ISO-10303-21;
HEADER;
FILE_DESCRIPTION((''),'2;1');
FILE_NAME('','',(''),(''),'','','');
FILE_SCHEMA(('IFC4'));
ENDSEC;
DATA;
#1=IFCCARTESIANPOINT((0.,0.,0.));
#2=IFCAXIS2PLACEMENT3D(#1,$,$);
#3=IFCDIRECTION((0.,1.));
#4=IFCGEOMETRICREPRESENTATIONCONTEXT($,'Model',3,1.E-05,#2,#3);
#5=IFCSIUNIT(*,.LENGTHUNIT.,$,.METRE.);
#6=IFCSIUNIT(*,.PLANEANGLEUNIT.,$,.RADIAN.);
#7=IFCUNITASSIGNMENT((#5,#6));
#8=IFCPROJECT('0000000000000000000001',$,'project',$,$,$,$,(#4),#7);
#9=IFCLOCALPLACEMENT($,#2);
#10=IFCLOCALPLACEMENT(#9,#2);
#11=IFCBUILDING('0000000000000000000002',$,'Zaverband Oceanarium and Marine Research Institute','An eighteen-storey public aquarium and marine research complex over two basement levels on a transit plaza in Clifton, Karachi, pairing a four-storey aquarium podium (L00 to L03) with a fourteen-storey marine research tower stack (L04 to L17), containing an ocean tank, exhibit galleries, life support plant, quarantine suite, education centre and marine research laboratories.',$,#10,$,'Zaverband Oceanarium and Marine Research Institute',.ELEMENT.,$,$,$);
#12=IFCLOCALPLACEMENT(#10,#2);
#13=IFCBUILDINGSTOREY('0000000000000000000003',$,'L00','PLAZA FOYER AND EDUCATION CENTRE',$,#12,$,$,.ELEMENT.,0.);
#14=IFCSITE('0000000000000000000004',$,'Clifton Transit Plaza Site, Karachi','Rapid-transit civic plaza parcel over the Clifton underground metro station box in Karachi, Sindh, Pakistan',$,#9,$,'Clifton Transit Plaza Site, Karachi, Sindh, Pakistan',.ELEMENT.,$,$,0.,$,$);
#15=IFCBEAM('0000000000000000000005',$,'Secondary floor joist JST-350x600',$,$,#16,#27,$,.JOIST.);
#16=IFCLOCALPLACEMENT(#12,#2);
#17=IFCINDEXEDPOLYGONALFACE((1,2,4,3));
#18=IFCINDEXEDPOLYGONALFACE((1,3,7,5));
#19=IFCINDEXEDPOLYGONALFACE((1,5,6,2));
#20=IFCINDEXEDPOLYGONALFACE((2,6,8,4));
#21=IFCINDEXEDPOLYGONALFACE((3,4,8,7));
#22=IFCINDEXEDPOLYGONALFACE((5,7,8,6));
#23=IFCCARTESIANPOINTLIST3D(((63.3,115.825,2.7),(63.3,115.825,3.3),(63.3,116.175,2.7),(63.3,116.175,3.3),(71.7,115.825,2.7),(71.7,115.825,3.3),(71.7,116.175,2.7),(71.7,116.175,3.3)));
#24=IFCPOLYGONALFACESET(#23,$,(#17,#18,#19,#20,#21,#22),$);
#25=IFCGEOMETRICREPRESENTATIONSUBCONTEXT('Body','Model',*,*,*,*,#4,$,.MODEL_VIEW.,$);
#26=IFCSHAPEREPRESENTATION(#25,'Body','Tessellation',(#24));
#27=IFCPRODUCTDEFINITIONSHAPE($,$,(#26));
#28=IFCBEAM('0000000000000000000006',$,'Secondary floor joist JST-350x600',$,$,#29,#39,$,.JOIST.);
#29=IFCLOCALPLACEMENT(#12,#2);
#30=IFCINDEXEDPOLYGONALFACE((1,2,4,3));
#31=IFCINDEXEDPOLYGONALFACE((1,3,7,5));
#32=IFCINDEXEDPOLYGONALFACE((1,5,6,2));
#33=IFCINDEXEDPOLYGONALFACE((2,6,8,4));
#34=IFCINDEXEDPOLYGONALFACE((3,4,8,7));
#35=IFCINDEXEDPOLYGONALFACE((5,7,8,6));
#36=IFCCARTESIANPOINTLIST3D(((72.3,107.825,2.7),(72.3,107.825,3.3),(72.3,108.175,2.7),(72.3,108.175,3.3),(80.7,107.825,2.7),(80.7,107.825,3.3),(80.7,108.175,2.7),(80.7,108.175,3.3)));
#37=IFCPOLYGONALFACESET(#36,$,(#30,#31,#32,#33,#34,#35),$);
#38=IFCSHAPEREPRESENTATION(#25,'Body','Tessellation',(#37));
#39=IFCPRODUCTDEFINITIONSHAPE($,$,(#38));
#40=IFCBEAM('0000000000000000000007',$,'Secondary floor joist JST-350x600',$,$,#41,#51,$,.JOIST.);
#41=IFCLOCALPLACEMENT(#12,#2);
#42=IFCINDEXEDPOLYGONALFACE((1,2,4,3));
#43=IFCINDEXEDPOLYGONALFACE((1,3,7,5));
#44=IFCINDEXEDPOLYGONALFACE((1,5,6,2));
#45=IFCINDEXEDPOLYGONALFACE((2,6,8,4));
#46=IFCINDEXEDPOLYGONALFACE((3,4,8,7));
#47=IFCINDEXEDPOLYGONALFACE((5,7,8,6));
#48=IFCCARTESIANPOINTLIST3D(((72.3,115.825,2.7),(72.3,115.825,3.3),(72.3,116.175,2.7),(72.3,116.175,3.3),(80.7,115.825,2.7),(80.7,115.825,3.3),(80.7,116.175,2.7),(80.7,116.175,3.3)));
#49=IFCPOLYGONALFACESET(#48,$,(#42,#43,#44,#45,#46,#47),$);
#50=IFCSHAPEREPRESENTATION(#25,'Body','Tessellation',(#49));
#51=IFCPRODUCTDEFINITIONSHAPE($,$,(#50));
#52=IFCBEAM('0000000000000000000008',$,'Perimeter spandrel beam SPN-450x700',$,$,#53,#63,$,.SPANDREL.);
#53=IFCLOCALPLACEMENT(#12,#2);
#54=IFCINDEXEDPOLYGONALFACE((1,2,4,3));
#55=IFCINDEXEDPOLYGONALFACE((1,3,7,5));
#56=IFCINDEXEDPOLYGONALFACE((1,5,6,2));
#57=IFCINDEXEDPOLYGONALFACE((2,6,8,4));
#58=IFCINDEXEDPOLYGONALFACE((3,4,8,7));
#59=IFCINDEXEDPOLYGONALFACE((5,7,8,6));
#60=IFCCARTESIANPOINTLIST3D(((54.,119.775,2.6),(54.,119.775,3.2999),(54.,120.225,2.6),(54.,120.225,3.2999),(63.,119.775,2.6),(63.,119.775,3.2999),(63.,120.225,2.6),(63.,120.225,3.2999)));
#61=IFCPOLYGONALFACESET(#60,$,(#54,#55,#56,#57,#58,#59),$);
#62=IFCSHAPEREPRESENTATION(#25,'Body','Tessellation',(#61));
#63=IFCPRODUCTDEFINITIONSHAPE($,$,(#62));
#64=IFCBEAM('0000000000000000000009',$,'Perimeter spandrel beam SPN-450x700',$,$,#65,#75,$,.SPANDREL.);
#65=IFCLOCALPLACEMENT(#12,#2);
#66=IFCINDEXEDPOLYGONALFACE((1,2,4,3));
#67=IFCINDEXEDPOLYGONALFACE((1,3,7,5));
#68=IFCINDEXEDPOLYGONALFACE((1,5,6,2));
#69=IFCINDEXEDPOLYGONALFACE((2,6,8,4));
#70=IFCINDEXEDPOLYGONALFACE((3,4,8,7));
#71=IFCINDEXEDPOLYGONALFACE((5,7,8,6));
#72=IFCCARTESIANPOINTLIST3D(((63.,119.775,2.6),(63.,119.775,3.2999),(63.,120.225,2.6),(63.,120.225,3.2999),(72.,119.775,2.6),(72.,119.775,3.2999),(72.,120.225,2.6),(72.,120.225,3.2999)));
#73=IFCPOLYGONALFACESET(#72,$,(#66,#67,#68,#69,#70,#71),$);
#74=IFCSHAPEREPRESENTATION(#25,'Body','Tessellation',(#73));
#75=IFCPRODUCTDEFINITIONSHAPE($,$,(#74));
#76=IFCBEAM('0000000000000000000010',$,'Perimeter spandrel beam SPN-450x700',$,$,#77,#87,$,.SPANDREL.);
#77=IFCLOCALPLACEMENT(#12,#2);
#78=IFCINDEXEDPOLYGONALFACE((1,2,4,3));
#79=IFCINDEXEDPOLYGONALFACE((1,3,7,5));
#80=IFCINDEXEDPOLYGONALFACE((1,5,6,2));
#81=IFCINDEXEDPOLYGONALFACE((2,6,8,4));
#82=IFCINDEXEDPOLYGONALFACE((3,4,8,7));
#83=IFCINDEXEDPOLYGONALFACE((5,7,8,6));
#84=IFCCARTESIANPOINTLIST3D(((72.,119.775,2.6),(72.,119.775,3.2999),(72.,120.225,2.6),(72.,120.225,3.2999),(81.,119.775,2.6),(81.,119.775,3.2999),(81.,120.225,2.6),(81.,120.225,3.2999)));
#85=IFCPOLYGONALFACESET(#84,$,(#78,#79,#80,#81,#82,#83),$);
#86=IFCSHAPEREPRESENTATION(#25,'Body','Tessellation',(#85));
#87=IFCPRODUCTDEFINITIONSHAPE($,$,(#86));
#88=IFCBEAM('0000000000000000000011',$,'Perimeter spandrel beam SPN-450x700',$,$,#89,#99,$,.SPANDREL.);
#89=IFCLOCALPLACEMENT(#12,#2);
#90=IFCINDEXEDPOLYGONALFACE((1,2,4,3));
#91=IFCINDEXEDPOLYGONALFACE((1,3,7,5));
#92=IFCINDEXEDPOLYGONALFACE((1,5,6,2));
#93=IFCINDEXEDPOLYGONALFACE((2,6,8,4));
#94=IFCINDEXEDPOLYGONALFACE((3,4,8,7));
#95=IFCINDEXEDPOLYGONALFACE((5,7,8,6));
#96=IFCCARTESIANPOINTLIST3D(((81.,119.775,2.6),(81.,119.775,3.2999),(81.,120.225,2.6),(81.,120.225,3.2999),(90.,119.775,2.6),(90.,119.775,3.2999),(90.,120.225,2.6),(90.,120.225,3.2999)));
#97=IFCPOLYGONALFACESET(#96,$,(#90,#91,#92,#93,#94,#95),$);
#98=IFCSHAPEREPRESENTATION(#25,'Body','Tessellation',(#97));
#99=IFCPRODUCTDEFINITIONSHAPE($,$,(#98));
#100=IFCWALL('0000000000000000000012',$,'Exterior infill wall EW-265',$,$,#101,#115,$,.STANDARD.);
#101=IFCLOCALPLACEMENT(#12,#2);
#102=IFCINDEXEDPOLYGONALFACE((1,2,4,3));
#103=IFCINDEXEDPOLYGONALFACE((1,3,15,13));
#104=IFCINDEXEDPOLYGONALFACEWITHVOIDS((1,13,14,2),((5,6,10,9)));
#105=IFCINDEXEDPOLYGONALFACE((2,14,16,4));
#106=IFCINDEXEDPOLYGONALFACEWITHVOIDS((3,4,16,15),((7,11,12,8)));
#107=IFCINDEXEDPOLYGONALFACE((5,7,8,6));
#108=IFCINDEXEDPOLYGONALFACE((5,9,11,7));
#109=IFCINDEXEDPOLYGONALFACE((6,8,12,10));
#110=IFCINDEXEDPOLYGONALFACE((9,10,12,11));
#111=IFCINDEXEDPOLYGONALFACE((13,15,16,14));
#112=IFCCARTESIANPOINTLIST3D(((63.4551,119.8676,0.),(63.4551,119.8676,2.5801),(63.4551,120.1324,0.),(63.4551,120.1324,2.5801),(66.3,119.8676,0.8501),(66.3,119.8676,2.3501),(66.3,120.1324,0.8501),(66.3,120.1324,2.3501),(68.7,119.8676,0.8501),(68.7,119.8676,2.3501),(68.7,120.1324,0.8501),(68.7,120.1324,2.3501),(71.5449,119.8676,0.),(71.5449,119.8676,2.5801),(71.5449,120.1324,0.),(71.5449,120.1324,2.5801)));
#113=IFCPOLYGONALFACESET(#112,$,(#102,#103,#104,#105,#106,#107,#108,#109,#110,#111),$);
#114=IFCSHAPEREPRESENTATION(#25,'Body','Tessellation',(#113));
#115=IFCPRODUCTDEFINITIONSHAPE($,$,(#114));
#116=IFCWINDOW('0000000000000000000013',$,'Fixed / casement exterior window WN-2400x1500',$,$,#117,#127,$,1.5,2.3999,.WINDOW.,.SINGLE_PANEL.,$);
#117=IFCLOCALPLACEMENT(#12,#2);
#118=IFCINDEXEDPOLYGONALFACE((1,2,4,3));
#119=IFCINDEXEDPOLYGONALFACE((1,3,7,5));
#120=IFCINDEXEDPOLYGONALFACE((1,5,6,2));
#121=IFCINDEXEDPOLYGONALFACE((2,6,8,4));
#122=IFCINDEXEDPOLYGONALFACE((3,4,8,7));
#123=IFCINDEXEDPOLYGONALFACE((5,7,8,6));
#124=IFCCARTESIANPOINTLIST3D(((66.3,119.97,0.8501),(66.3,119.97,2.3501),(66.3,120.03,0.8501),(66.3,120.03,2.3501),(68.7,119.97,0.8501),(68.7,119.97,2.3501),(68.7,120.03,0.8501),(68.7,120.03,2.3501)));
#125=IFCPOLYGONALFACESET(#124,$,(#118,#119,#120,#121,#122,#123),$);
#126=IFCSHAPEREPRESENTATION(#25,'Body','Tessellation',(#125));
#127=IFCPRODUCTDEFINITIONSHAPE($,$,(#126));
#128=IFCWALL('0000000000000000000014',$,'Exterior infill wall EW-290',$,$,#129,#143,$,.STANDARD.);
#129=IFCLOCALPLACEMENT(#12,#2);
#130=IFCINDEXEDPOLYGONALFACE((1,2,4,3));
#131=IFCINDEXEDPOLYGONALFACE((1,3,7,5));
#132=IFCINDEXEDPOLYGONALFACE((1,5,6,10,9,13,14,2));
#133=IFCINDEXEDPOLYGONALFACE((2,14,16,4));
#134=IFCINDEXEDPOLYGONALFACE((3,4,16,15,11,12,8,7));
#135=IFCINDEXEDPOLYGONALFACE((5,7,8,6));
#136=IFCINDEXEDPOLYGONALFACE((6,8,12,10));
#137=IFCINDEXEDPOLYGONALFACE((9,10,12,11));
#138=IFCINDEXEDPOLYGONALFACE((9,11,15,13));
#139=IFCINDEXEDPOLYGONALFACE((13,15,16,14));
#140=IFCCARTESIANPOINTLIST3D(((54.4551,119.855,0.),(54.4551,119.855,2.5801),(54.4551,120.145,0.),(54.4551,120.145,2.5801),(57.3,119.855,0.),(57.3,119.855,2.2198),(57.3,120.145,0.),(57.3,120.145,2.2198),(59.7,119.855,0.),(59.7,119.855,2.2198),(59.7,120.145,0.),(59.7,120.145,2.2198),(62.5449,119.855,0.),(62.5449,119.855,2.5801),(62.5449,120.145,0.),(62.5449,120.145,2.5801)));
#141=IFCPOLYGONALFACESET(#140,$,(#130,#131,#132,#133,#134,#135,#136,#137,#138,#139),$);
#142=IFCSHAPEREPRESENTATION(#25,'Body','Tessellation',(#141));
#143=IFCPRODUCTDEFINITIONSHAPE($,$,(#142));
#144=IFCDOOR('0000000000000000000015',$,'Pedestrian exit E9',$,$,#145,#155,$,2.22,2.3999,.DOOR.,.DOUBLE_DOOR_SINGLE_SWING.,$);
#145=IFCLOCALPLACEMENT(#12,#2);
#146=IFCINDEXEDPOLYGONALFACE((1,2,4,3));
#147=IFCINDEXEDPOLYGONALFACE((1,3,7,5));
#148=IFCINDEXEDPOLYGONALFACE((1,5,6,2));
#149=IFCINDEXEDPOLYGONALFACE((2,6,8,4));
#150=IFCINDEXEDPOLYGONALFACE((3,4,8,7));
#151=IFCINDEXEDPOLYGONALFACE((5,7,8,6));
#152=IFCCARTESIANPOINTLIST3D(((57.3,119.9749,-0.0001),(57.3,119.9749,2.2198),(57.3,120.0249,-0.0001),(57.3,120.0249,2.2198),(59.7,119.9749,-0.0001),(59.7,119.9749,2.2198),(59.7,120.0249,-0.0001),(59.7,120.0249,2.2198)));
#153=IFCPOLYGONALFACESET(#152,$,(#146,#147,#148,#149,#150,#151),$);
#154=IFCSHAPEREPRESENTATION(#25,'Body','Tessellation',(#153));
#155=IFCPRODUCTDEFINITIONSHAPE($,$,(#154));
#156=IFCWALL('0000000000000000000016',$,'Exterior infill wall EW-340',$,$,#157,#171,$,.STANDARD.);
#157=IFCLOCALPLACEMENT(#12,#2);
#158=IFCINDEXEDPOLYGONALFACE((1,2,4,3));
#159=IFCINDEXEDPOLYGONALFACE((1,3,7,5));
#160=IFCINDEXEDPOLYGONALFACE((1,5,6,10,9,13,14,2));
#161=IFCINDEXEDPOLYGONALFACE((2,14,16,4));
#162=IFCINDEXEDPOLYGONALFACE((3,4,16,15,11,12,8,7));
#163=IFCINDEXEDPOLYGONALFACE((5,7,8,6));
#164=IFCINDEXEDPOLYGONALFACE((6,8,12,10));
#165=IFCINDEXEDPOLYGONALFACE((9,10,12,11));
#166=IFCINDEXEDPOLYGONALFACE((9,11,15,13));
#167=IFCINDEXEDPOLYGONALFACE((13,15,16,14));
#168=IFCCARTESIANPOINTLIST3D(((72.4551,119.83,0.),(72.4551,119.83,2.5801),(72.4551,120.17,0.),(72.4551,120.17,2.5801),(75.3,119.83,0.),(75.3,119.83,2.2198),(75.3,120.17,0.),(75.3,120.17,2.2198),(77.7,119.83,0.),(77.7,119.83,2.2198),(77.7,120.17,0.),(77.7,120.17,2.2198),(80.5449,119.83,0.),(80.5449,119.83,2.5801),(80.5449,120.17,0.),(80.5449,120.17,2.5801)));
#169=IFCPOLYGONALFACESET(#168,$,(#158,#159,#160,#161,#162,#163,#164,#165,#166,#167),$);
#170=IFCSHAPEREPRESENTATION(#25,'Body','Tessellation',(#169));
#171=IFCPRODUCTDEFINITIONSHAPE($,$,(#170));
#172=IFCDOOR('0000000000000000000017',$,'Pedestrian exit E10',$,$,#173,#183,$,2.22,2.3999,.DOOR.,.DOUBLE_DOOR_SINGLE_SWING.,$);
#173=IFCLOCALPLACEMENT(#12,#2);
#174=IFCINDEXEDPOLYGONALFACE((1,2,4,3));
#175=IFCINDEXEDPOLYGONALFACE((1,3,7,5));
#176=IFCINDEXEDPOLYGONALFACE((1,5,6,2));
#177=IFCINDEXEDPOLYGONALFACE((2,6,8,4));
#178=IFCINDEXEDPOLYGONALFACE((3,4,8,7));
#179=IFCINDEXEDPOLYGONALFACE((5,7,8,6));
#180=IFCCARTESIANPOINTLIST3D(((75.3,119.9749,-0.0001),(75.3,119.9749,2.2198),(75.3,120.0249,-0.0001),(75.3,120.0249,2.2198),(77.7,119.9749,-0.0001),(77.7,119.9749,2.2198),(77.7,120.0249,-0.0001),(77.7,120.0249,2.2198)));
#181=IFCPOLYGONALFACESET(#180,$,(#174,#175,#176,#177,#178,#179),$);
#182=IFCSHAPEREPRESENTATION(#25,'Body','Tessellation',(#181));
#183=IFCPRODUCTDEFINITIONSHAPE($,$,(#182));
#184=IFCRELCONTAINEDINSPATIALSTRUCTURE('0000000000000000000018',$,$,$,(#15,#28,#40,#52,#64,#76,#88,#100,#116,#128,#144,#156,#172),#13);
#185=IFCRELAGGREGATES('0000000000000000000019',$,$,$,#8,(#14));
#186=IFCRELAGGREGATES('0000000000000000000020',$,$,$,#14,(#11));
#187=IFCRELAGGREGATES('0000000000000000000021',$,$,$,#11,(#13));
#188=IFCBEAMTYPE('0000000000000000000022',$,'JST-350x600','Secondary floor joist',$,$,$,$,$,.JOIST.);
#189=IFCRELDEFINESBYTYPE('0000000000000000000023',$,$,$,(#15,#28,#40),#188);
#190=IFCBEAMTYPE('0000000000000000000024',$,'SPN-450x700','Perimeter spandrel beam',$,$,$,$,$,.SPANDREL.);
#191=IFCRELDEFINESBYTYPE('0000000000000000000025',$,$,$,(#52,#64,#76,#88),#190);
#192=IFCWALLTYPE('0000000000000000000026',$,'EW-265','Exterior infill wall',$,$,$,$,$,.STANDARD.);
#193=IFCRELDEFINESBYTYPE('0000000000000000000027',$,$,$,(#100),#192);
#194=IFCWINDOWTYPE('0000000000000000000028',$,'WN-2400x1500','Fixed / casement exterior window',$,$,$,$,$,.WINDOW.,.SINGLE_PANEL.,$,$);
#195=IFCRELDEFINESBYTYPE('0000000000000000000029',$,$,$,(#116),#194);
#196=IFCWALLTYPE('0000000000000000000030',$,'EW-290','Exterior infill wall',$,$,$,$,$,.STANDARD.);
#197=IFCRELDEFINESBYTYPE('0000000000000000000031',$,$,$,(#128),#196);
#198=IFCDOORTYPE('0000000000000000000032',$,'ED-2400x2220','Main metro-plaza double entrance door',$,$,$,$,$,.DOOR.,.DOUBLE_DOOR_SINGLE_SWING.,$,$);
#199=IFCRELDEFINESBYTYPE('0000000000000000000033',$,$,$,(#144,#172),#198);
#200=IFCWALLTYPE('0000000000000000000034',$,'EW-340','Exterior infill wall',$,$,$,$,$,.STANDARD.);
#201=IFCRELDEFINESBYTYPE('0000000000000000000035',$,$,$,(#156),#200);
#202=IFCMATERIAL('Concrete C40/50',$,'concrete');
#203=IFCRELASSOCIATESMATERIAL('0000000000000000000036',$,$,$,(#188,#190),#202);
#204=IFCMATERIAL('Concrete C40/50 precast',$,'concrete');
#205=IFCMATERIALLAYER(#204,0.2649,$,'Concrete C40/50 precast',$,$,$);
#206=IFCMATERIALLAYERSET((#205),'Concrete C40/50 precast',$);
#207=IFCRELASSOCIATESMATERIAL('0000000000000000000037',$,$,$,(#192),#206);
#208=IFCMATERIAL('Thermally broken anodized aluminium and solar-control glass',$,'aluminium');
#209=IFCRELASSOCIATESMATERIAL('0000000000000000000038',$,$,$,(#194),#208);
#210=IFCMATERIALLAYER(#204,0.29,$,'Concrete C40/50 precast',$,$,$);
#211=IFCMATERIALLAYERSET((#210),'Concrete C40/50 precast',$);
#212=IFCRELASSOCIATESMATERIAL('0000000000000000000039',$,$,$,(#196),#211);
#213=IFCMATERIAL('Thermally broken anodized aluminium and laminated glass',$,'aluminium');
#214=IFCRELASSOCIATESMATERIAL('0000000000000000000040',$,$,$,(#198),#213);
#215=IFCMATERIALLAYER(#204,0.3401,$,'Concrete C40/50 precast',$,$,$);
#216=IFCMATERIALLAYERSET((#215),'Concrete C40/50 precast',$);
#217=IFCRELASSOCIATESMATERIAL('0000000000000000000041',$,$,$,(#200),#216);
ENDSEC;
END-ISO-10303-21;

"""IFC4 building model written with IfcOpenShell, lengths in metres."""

from ifc_helpers import new_model, si_unit, direction, frame, frame_2d, origin, origin_2d, place, context, subcontext, project, spatial, rectangle, extrude, material, layer, layer_set, material_profile, profile_set, type_object, element, fill, save


model = new_model("IFC4")

# Units and contexts
model_context = context("Model", 3, precision=1e-05, world=origin(), true_north=direction((0.0, 1.0)))
body_context = subcontext(model_context, "Body", "Model", "MODEL_VIEW")
ifc_project = project(units=[si_unit("LENGTHUNIT", "METRE"), si_unit("PLANEANGLEUNIT", "RADIAN")], contexts=[model_context])

# Site, building, storey
site_placement = place(None, origin())
site = spatial("IfcSite", under=ifc_project, at=site_placement, Name="Clifton Transit Plaza Site, Karachi", Description="Rapid-transit civic plaza parcel over the Clifton underground metro station box in Karachi, Sindh, Pakistan", LongName="Clifton Transit Plaza Site, Karachi, Sindh, Pakistan", CompositionType="ELEMENT", RefElevation=0.0)
building_placement = place(site_placement, origin())
building = spatial("IfcBuilding", under=site, at=building_placement, Name="Zaverband Oceanarium and Marine Research Institute", Description="An eighteen-storey public aquarium and marine research complex over two basement levels on a transit plaza in Clifton, Karachi, pairing a four-storey aquarium podium (L00 to L03) with a fourteen-storey marine research tower stack (L04 to L17), containing an ocean tank, exhibit galleries, life support plant, quarantine suite, education centre and marine research laboratories.", LongName="Zaverband Oceanarium and Marine Research Institute", CompositionType="ELEMENT")
storey_placement = place(building_placement, origin())
storey = spatial("IfcBuildingStorey", under=building, at=storey_placement, Name="L00", Description="PLAZA FOYER AND EDUCATION CENTRE", CompositionType="ELEMENT", Elevation=0.0)

# Beams
ifc_material_1 = material(Name="Concrete C40/50", Category="concrete")
ifc_material_profile_1 = material_profile(ifc_material_1, rectangle(XDim=0.3501, YDim=0.6001, at=origin_2d()), Name="RC350x600")
ifc_profile_set_1 = profile_set([ifc_material_profile_1], Name="Concrete C40/50")
beam_type_1 = type_object("IfcBeamType", Name="JST-350x600", Description="Secondary floor joist", PredefinedType="JOIST", material=ifc_profile_set_1)
for number, where, z_axis, x_axis, name in (
    (1, (63.3, 116.0, 3.0), (1.0, 0.0, 0.0), (0.0, 1.0, 0.0), "Secondary floor joist JST-350x600"),
    (2, (72.3, 108.0, 3.0), (1.0, 0.0, 0.0), (0.0, 1.0, 0.0), "Secondary floor joist JST-350x600"),
    (3, (72.3, 116.0, 3.0), (1.0, 0.0, 0.0), (0.0, 1.0, 0.0), "Secondary floor joist JST-350x600"),
):
    element("IfcBeam", number, at=place(storey_placement, frame(where, z_axis=z_axis, x_axis=x_axis)), inside=storey, type_object=beam_type_1, Name=name, PredefinedType="JOIST", context=body_context, shape_type="SweptSolid", body=[
        extrude(rectangle(XDim=0.3501, YDim=0.6001, at=origin_2d()), origin(), (0.0, 0.0, 1.0), 8.3999),
    ])
ifc_material_profile_2 = material_profile(ifc_material_1, rectangle(XDim=0.45, YDim=0.7, at=origin_2d()), Name="RC450x700")
ifc_profile_set_2 = profile_set([ifc_material_profile_2], Name="Concrete C40/50")
beam_type_2 = type_object("IfcBeamType", Name="SPN-450x700", Description="Perimeter spandrel beam", PredefinedType="SPANDREL", material=ifc_profile_set_2)
for number, where, z_axis, x_axis, name in (
    (4, (54.0, 120.0, 2.95), (1.0, 0.0, 0.0), (0.0, 1.0, 0.0), "Perimeter spandrel beam SPN-450x700"),
    (5, (63.0, 120.0, 2.95), (1.0, 0.0, 0.0), (0.0, 1.0, 0.0), "Perimeter spandrel beam SPN-450x700"),
    (6, (72.0, 120.0, 2.95), (1.0, 0.0, 0.0), (0.0, 1.0, 0.0), "Perimeter spandrel beam SPN-450x700"),
    (7, (81.0, 120.0, 2.95), (1.0, 0.0, 0.0), (0.0, 1.0, 0.0), "Perimeter spandrel beam SPN-450x700"),
):
    element("IfcBeam", number, at=place(storey_placement, frame(where, z_axis=z_axis, x_axis=x_axis)), inside=storey, type_object=beam_type_2, Name=name, PredefinedType="SPANDREL", context=body_context, shape_type="SweptSolid", body=[
        extrude(rectangle(XDim=0.45, YDim=0.7, at=origin_2d()), origin(), (0.0, 0.0, 1.0), 9.0),
    ])

# Wall, opening, window
ifc_material_2 = material(Name="Concrete C40/50 precast", Category="concrete")
ifc_layer_1 = layer(ifc_material_2, 0.2649, Name="Concrete C40/50 precast")
ifc_layer_set_1 = layer_set([ifc_layer_1], Name="Concrete C40/50 precast")
wall_type_1 = type_object("IfcWallType", Name="EW-265", Description="Exterior infill wall", PredefinedType="STANDARD", material=ifc_layer_set_1)
wall_1_placement = place(storey_placement, frame((63.4551, 120.0, 0.0), z_axis=(0.0, 0.0, 1.0), x_axis=(1.0, 0.0, 0.0)))
wall_1 = element("IfcWall", 8, at=wall_1_placement, inside=storey, type_object=wall_type_1, Name="Exterior infill wall EW-265", PredefinedType="STANDARD", context=body_context, shape_type="SweptSolid", body=[
    extrude(rectangle(XDim=8.0898, YDim=0.2649, at=frame_2d((4.0449, 0.0))), origin(), (0.0, 0.0, 1.0), 2.5801),
])
opening_1_placement = place(wall_1_placement, frame((2.845, 0.0, 0.8501)))
opening_1 = element("IfcOpeningElement", 9, at=opening_1_placement, cuts=wall_1, PredefinedType="OPENING", context=body_context, shape_type="SweptSolid", body=[
    extrude(rectangle(XDim=2.3999, YDim=1.5, at=frame_2d((1.2, 0.75))), frame((0.0, 0.1445, 0.0), z_axis=(0.0, -1.0, 0.0), x_axis=(1.0, 0.0, 0.0)), (0.0, 0.0, 1.0), 0.2888),
])
ifc_material_3 = material(Name="Thermally broken anodized aluminium and solar-control glass", Category="aluminium")
window_type = type_object("IfcWindowType", Name="WN-2400x1500", Description="Fixed / casement exterior window", PartitioningType="SINGLE_PANEL", PredefinedType="WINDOW", material=ifc_material_3)
window_placement = place(opening_1_placement, origin())
window = element("IfcWindow", 10, at=window_placement, inside=storey, type_object=window_type, Name="Fixed / casement exterior window WN-2400x1500", OverallHeight=1.5, OverallWidth=2.3999, PartitioningType="SINGLE_PANEL", PredefinedType="WINDOW", context=body_context, shape_type="SweptSolid", body=[
    extrude(rectangle(XDim=2.3999, YDim=1.5, at=frame_2d((1.2, 0.75))), frame((0.0, 0.03, 0.0), z_axis=(0.0, -1.0, 0.0), x_axis=(1.0, 0.0, 0.0)), (0.0, 0.0, 1.0), 0.0601),
])
fill(opening_1, window)

# Walls, openings, doors
ifc_layer_2 = layer(ifc_material_2, 0.29, Name="Concrete C40/50 precast")
ifc_layer_set_2 = layer_set([ifc_layer_2], Name="Concrete C40/50 precast")
wall_type_2 = type_object("IfcWallType", Name="EW-290", Description="Exterior infill wall", PredefinedType="STANDARD", material=ifc_layer_set_2)
wall_2_placement = place(storey_placement, frame((54.4551, 120.0, 0.0), z_axis=(0.0, 0.0, 1.0), x_axis=(1.0, 0.0, 0.0)))
wall_2 = element("IfcWall", 11, at=wall_2_placement, inside=storey, type_object=wall_type_2, Name="Exterior infill wall EW-290", PredefinedType="STANDARD", context=body_context, shape_type="SweptSolid", body=[
    extrude(rectangle(XDim=8.0898, YDim=0.29, at=frame_2d((4.0449, 0.0))), origin(), (0.0, 0.0, 1.0), 2.5801),
])
opening_2_placement = place(wall_2_placement, frame((2.845, 0.0, 0.0)))
opening_2 = element("IfcOpeningElement", 12, at=opening_2_placement, cuts=wall_2, PredefinedType="OPENING", context=body_context, shape_type="SweptSolid", body=[
    extrude(rectangle(XDim=2.3999, YDim=2.22, at=frame_2d((1.2, 1.1099))), frame((0.0, 0.157, 0.0), z_axis=(0.0, -1.0, 0.0), x_axis=(1.0, 0.0, 0.0)), (0.0, 0.0, 1.0), 0.314),
])
ifc_material_4 = material(Name="Thermally broken anodized aluminium and laminated glass", Category="aluminium")
door_type = type_object("IfcDoorType", Name="ED-2400x2220", Description="Main metro-plaza double entrance door", OperationType="DOUBLE_DOOR_SINGLE_SWING", PredefinedType="DOOR", material=ifc_material_4)
door_1_placement = place(opening_2_placement, origin())
door_1 = element("IfcDoor", 13, at=door_1_placement, inside=storey, type_object=door_type, Name="Pedestrian exit E9", OperationType="DOUBLE_DOOR_SINGLE_SWING", OverallHeight=2.22, OverallWidth=2.3999, PredefinedType="DOOR", context=body_context, shape_type="SweptSolid", body=[
    extrude(rectangle(XDim=2.3999, YDim=2.22, at=frame_2d((1.2, 1.1099))), frame((0.0, 0.0249, 0.0), z_axis=(0.0, -1.0, 0.0), x_axis=(1.0, 0.0, 0.0)), (0.0, 0.0, 1.0), 0.05),
])
fill(opening_2, door_1)
ifc_layer_3 = layer(ifc_material_2, 0.3401, Name="Concrete C40/50 precast")
ifc_layer_set_3 = layer_set([ifc_layer_3], Name="Concrete C40/50 precast")
wall_type_3 = type_object("IfcWallType", Name="EW-340", Description="Exterior infill wall", PredefinedType="STANDARD", material=ifc_layer_set_3)
wall_3_placement = place(storey_placement, frame((72.4551, 120.0, 0.0), z_axis=(0.0, 0.0, 1.0), x_axis=(1.0, 0.0, 0.0)))
wall_3 = element("IfcWall", 14, at=wall_3_placement, inside=storey, type_object=wall_type_3, Name="Exterior infill wall EW-340", PredefinedType="STANDARD", context=body_context, shape_type="SweptSolid", body=[
    extrude(rectangle(XDim=8.0898, YDim=0.3401, at=frame_2d((4.0449, 0.0))), origin(), (0.0, 0.0, 1.0), 2.5801),
])
opening_3_placement = place(wall_3_placement, frame((2.845, 0.0, 0.0)))
opening_3 = element("IfcOpeningElement", 15, at=opening_3_placement, cuts=wall_3, PredefinedType="OPENING", context=body_context, shape_type="SweptSolid", body=[
    extrude(rectangle(XDim=2.3999, YDim=2.22, at=frame_2d((1.2, 1.1099))), frame((0.0, 0.1821, 0.0), z_axis=(0.0, -1.0, 0.0), x_axis=(1.0, 0.0, 0.0)), (0.0, 0.0, 1.0), 0.364),
])
door_2_placement = place(opening_3_placement, origin())
door_2 = element("IfcDoor", 16, at=door_2_placement, inside=storey, type_object=door_type, Name="Pedestrian exit E10", OperationType="DOUBLE_DOOR_SINGLE_SWING", OverallHeight=2.22, OverallWidth=2.3999, PredefinedType="DOOR", context=body_context, shape_type="SweptSolid", body=[
    extrude(rectangle(XDim=2.3999, YDim=2.22, at=frame_2d((1.2, 1.1099))), frame((0.0, 0.0249, 0.0), z_axis=(0.0, -1.0, 0.0), x_axis=(1.0, 0.0, 0.0)), (0.0, 0.0, 1.0), 0.05),
])
fill(opening_3, door_2)

save(model, "model.ifc")
